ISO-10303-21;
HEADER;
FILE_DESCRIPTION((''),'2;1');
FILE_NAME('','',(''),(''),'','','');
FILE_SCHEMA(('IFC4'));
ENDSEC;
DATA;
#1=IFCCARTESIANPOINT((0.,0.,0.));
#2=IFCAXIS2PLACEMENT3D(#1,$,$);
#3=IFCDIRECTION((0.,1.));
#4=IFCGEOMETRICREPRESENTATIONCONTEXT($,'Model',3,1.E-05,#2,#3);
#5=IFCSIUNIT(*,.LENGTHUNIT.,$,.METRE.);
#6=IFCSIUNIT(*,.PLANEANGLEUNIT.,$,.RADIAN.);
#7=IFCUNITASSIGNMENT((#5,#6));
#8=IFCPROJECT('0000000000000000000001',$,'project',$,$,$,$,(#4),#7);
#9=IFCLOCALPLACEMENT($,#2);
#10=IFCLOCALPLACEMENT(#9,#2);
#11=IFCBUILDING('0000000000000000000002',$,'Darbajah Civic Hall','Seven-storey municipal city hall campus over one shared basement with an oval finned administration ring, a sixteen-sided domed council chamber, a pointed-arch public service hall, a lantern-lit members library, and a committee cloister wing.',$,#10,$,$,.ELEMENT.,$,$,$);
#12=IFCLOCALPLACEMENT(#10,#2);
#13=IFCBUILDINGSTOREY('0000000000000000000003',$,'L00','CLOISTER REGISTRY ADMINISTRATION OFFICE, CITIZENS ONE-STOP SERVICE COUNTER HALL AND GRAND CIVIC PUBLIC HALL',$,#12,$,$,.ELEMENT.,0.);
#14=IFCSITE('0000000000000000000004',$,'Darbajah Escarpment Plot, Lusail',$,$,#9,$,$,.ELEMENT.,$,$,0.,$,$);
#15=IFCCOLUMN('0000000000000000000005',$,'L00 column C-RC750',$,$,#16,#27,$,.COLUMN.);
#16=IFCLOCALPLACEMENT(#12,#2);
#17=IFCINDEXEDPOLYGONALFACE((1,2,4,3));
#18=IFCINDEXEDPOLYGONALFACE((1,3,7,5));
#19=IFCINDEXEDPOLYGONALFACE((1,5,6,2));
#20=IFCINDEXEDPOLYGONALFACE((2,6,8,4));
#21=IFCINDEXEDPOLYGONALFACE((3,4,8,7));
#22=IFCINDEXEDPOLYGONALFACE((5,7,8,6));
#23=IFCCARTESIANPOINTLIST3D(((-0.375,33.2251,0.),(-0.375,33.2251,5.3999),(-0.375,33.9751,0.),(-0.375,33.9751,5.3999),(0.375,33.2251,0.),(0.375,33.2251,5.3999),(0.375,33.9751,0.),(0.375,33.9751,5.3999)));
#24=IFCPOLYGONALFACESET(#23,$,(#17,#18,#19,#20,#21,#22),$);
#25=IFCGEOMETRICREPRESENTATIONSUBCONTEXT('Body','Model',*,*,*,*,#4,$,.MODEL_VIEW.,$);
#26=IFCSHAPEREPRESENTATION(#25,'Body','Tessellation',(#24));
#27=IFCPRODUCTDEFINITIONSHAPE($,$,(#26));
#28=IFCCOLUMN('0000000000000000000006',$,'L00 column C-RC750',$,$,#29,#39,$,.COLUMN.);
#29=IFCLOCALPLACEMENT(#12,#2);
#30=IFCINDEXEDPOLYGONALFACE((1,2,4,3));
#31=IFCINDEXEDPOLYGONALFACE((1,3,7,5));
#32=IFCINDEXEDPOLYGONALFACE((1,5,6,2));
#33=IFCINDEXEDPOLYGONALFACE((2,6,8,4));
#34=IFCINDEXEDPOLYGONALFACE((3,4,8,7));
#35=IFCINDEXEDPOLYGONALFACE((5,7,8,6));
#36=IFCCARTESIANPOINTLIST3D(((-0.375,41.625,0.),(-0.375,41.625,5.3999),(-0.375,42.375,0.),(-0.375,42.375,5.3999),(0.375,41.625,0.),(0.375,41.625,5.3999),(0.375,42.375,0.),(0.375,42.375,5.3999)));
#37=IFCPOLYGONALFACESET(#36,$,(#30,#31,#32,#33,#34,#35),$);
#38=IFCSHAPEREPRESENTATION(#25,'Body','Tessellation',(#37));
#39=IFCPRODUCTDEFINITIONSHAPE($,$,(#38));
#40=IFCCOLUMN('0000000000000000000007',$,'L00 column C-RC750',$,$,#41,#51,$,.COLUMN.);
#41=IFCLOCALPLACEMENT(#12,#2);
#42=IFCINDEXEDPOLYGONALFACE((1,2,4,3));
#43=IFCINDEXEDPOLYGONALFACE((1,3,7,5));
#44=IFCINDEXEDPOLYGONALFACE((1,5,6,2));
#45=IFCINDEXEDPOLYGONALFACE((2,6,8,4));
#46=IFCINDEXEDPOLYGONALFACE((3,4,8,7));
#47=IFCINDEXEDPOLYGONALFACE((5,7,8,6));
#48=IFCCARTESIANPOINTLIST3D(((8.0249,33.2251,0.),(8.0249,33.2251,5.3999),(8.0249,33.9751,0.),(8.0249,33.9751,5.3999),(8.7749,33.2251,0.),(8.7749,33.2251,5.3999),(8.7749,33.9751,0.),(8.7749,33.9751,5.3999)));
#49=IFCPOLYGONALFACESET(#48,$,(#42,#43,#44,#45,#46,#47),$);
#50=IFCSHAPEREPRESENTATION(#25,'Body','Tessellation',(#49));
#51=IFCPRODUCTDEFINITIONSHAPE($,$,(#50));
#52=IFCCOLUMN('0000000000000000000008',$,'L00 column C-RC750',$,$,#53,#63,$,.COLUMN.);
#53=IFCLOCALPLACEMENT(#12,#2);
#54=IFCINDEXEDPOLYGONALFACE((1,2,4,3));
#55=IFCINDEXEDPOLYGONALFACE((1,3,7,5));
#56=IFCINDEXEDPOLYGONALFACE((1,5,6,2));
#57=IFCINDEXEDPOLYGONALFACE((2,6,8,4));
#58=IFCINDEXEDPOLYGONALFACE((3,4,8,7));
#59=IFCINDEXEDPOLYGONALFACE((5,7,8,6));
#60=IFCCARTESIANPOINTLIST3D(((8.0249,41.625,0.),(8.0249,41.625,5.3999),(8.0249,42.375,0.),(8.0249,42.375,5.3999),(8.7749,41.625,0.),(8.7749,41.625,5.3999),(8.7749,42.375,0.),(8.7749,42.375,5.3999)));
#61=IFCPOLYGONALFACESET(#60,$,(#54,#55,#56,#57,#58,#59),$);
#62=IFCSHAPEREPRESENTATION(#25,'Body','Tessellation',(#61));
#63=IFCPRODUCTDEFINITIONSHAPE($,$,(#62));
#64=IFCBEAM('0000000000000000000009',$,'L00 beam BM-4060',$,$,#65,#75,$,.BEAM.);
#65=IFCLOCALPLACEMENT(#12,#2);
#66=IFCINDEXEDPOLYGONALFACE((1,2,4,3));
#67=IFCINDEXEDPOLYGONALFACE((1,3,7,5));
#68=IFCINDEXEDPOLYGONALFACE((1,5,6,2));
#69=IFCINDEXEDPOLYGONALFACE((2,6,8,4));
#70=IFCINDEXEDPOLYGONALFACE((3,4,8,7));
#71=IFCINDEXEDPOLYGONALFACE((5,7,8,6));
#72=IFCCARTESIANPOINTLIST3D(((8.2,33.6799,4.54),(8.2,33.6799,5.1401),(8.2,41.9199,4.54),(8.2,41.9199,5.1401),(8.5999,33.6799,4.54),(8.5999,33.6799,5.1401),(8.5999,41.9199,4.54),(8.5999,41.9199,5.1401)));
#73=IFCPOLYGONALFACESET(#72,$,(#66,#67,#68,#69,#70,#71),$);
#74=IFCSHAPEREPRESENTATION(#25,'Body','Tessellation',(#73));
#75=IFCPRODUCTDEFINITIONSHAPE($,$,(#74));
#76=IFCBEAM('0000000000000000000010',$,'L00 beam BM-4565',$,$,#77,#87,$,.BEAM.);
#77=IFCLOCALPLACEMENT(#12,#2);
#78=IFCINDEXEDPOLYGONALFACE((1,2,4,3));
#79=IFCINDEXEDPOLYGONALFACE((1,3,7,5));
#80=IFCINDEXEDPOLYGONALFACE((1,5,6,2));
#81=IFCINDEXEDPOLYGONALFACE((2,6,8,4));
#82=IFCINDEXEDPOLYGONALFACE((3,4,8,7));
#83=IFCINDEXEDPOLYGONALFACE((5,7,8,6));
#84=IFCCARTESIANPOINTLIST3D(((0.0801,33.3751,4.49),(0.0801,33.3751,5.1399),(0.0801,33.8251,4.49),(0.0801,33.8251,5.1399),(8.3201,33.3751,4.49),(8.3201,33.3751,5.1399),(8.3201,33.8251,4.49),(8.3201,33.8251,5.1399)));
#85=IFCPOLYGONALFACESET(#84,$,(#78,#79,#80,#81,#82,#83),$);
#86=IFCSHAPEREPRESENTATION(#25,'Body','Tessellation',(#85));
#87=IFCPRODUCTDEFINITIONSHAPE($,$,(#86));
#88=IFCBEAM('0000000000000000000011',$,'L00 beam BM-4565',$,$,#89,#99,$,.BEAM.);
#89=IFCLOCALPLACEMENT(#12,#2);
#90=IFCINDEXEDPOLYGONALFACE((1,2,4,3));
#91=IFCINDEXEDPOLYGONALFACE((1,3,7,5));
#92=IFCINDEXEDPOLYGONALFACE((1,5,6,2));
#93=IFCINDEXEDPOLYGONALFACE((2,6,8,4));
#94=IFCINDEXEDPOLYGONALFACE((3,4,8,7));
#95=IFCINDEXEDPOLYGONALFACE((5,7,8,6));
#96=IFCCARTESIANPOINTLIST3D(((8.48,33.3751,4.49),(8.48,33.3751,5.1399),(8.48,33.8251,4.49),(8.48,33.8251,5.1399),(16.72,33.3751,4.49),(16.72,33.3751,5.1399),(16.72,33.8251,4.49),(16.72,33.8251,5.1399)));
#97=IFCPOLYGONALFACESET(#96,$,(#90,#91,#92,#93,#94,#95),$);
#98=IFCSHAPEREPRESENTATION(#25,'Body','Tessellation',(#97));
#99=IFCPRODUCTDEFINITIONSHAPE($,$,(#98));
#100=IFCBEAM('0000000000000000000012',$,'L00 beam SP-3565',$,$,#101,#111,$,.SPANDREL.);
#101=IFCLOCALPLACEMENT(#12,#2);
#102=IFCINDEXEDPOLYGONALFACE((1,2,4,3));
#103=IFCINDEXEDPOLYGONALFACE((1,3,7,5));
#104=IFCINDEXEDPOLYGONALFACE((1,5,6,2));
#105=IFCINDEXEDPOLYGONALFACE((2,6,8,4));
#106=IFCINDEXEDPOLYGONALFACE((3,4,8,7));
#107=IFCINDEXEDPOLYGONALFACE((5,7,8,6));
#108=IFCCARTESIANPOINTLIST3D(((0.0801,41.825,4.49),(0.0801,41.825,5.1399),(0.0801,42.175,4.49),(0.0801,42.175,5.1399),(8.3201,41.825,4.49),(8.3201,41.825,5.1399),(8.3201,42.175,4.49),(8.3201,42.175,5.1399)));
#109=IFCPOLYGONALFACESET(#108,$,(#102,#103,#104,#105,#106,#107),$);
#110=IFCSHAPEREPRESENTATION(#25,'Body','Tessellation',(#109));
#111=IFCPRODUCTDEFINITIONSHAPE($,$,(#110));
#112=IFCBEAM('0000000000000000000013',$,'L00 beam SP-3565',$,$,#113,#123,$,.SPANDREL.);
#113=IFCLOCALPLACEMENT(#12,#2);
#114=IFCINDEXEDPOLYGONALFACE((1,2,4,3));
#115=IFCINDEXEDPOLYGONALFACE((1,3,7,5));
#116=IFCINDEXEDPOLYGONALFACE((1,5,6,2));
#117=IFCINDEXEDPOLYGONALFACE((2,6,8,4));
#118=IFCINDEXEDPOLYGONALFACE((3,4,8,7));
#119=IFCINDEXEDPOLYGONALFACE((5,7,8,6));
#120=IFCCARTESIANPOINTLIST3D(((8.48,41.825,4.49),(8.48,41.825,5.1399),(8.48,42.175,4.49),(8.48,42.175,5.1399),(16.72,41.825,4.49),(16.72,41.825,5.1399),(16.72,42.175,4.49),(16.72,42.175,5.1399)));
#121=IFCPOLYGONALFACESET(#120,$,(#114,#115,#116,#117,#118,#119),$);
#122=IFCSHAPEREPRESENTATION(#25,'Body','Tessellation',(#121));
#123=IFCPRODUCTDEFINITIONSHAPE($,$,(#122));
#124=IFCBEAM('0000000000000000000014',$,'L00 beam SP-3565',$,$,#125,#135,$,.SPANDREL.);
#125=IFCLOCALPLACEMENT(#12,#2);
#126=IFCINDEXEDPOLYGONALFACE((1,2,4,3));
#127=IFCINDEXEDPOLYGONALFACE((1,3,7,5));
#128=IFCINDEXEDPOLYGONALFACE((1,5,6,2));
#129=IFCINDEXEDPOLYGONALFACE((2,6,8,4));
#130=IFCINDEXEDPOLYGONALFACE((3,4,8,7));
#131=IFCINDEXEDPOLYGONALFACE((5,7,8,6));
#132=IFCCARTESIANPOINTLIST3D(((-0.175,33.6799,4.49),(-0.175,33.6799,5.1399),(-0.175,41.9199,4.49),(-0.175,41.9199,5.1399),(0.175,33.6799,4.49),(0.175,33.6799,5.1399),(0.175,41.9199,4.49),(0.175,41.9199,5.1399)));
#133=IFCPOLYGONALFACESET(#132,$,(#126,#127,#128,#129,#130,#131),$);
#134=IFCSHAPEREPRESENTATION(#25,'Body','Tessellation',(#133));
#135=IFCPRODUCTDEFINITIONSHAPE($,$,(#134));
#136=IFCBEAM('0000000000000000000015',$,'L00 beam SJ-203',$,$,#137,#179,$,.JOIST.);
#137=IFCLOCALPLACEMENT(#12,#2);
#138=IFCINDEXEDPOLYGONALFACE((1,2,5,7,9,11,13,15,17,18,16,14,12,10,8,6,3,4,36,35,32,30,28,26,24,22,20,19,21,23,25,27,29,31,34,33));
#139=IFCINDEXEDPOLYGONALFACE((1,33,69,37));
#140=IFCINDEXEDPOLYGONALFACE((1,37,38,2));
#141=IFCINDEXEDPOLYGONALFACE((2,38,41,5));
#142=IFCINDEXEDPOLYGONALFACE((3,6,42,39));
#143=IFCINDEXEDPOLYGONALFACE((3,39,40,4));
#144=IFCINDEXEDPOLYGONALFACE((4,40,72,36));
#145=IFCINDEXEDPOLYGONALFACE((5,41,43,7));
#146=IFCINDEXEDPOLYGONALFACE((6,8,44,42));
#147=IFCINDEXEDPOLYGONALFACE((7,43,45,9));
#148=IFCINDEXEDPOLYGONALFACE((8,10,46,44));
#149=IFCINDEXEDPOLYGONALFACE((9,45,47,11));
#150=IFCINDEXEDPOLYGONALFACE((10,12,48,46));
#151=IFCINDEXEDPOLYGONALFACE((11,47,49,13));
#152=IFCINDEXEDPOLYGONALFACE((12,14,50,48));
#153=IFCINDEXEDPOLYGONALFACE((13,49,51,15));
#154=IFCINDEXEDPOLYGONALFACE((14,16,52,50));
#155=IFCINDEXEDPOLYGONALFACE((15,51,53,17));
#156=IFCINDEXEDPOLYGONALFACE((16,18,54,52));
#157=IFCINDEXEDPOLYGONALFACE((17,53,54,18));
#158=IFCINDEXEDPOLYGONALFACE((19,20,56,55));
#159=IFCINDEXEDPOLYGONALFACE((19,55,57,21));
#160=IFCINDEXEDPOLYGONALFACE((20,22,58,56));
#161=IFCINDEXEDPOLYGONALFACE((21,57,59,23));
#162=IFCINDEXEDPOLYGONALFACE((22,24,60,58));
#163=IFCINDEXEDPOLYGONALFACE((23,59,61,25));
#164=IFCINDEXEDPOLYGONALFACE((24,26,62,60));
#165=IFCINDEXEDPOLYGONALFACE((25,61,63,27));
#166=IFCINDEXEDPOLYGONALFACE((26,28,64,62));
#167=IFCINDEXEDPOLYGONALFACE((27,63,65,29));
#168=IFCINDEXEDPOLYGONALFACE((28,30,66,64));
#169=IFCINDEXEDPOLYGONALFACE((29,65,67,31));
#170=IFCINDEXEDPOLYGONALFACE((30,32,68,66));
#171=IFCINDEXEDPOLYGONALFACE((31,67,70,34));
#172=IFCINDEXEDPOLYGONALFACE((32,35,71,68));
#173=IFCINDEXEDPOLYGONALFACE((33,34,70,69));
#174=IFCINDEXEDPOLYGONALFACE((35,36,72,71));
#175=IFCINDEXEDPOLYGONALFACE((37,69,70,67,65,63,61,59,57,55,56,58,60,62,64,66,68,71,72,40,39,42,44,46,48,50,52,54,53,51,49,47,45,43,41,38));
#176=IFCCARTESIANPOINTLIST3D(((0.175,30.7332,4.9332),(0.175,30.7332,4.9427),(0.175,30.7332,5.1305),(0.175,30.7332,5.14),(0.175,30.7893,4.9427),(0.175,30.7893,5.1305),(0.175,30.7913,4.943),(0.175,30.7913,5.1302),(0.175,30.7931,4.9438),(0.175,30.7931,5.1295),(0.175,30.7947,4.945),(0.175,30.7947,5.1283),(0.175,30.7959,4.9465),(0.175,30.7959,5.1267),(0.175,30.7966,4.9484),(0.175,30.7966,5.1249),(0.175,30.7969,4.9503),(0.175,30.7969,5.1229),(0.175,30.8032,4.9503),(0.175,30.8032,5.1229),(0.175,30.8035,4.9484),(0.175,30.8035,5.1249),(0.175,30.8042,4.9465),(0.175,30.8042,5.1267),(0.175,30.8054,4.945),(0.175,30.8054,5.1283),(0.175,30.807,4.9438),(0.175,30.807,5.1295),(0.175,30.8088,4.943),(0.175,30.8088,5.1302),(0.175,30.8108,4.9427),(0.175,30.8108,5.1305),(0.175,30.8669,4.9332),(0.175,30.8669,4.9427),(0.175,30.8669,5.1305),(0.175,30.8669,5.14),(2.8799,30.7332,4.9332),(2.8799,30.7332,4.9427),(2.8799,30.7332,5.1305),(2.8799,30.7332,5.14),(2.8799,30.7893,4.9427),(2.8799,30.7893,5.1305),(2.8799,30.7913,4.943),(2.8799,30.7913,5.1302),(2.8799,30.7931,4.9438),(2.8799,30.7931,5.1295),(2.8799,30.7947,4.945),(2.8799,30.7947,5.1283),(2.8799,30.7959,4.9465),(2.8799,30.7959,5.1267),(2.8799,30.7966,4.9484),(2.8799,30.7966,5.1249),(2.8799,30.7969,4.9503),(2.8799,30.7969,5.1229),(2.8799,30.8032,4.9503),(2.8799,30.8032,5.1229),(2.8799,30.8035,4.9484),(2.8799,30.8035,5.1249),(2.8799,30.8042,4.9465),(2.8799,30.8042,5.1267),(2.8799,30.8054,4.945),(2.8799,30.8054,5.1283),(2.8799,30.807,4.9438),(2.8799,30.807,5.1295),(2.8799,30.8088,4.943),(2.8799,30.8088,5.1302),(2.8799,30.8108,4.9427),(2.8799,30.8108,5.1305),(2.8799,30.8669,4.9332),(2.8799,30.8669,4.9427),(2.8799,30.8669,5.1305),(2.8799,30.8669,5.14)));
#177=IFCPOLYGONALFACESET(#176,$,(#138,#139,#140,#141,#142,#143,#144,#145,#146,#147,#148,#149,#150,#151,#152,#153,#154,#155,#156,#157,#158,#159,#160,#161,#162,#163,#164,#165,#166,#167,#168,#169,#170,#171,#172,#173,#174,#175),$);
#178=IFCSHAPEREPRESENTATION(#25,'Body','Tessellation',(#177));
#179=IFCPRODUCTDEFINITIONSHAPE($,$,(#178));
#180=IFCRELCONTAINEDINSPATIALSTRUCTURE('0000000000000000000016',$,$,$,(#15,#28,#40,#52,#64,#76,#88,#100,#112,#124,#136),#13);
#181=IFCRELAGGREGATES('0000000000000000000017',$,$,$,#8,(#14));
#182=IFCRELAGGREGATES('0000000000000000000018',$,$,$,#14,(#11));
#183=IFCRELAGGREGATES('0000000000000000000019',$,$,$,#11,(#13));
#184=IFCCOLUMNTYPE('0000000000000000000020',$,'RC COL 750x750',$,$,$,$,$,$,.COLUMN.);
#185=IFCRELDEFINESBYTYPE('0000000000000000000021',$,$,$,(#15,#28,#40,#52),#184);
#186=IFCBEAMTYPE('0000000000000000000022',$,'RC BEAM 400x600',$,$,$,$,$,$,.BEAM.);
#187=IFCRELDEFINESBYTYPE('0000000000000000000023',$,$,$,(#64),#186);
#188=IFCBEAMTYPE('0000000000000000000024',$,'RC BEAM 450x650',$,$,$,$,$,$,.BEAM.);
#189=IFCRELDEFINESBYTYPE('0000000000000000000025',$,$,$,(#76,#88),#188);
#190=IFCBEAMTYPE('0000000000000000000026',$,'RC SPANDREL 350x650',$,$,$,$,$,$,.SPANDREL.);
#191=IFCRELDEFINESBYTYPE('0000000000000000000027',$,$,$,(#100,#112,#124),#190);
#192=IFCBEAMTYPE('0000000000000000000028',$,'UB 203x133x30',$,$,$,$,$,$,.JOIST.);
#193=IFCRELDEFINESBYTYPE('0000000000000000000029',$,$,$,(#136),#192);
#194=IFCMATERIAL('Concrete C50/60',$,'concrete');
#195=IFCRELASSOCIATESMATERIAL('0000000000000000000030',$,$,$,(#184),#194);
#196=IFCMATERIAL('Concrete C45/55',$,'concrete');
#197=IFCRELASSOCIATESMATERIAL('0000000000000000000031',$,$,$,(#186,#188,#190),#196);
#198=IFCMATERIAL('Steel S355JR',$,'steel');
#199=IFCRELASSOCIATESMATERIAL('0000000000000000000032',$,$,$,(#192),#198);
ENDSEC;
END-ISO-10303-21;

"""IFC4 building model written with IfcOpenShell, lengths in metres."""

from ifc_helpers import new_model, si_unit, direction, frame, origin, origin_2d, place, context, subcontext, project, spatial, rectangle, i_section, extrude, material, material_profile, profile_set, type_object, element, save


model = new_model("IFC4")

# Units and contexts
model_context = context("Model", 3, precision=1e-05, world=origin(), true_north=direction((0.0, 1.0)))
body_context = subcontext(model_context, "Body", "Model", "MODEL_VIEW")
ifc_project = project(units=[si_unit("LENGTHUNIT", "METRE"), si_unit("PLANEANGLEUNIT", "RADIAN")], contexts=[model_context])

# Site, building, storey
site_placement = place(None, origin())
site = spatial("IfcSite", under=ifc_project, at=site_placement, Name="Darbajah Escarpment Plot, Lusail", CompositionType="ELEMENT", RefElevation=0.0)
building_placement = place(site_placement, origin())
building = spatial("IfcBuilding", under=site, at=building_placement, Name="Darbajah Civic Hall", Description="Seven-storey municipal city hall campus over one shared basement with an oval finned administration ring, a sixteen-sided domed council chamber, a pointed-arch public service hall, a lantern-lit members library, and a committee cloister wing.", CompositionType="ELEMENT")
storey_placement = place(building_placement, origin())
storey = spatial("IfcBuildingStorey", under=building, at=storey_placement, Name="L00", Description="CLOISTER REGISTRY ADMINISTRATION OFFICE, CITIZENS ONE-STOP SERVICE COUNTER HALL AND GRAND CIVIC PUBLIC HALL", CompositionType="ELEMENT", Elevation=0.0)

# Columns
ifc_material_1 = material(Name="Concrete C50/60", Category="concrete")
ifc_material_profile_1 = material_profile(ifc_material_1, rectangle(XDim=0.75, YDim=0.75, at=origin_2d()), Name="RC COL 750x750")
ifc_profile_set_1 = profile_set([ifc_material_profile_1], Name="Concrete C50/60")
column_type = type_object("IfcColumnType", Name="RC COL 750x750", PredefinedType="COLUMN", material=ifc_profile_set_1)
for number, where, z_axis, x_axis, name in (
    (1, (0.0, 33.6001, 0.0), (0.0, 0.0, 1.0), (1.0, 0.0, 0.0), "L00 column C-RC750"),
    (2, (0.0, 42.0, 0.0), (0.0, 0.0, 1.0), (1.0, 0.0, 0.0), "L00 column C-RC750"),
    (3, (8.3999, 33.6001, 0.0), (0.0, 0.0, 1.0), (1.0, 0.0, 0.0), "L00 column C-RC750"),
    (4, (8.3999, 42.0, 0.0), (0.0, 0.0, 1.0), (1.0, 0.0, 0.0), "L00 column C-RC750"),
):
    element("IfcColumn", number, at=place(storey_placement, frame(where, z_axis=z_axis, x_axis=x_axis)), inside=storey, type_object=column_type, Name=name, PredefinedType="COLUMN", context=body_context, shape_type="SweptSolid", body=[
        extrude(rectangle(XDim=0.75, YDim=0.75, at=origin_2d()), origin(), (0.0, 0.0, 1.0), 5.3999),
    ])

# Beams
ifc_material_2 = material(Name="Concrete C45/55", Category="concrete")
ifc_material_profile_2 = material_profile(ifc_material_2, rectangle(XDim=0.3999, YDim=0.6001, at=origin_2d()), Name="RC BEAM 400x600")
ifc_profile_set_2 = profile_set([ifc_material_profile_2], Name="Concrete C45/55")
beam_type_1 = type_object("IfcBeamType", Name="RC BEAM 400x600", PredefinedType="BEAM", material=ifc_profile_set_2)
beam_1_placement = place(storey_placement, frame((8.3999, 33.6799, 4.8401), z_axis=(0.0, 1.0, 0.0), x_axis=(-1.0, 0.0, 0.0)))
element("IfcBeam", 5, at=beam_1_placement, inside=storey, type_object=beam_type_1, Name="L00 beam BM-4060", PredefinedType="BEAM", context=body_context, shape_type="SweptSolid", body=[
    extrude(rectangle(XDim=0.3999, YDim=0.6001, at=origin_2d()), origin(), (0.0, 0.0, 1.0), 8.24),
])
ifc_material_profile_3 = material_profile(ifc_material_2, rectangle(XDim=0.45, YDim=0.6499, at=origin_2d()), Name="RC BEAM 450x650")
ifc_profile_set_3 = profile_set([ifc_material_profile_3], Name="Concrete C45/55")
beam_type_2 = type_object("IfcBeamType", Name="RC BEAM 450x650", PredefinedType="BEAM", material=ifc_profile_set_3)
for number, where, z_axis, x_axis, name in (
    (6, (0.0801, 33.6001, 4.8149), (1.0, 0.0, 0.0), (0.0, 1.0, 0.0), "L00 beam BM-4565"),
    (7, (8.48, 33.6001, 4.8149), (1.0, 0.0, 0.0), (0.0, 1.0, 0.0), "L00 beam BM-4565"),
):
    element("IfcBeam", number, at=place(storey_placement, frame(where, z_axis=z_axis, x_axis=x_axis)), inside=storey, type_object=beam_type_2, Name=name, PredefinedType="BEAM", context=body_context, shape_type="SweptSolid", body=[
        extrude(rectangle(XDim=0.45, YDim=0.6499, at=origin_2d()), origin(), (0.0, 0.0, 1.0), 8.24),
    ])
ifc_material_profile_4 = material_profile(ifc_material_2, rectangle(XDim=0.3501, YDim=0.6499, at=origin_2d()), Name="RC SPANDREL 350x650")
ifc_profile_set_4 = profile_set([ifc_material_profile_4], Name="Concrete C45/55")
beam_type_3 = type_object("IfcBeamType", Name="RC SPANDREL 350x650", PredefinedType="SPANDREL", material=ifc_profile_set_4)
for number, where, z_axis, x_axis, name in (
    (8, (0.0801, 42.0, 4.8149), (1.0, 0.0, 0.0), (0.0, 1.0, 0.0), "L00 beam SP-3565"),
    (9, (8.48, 42.0, 4.8149), (1.0, 0.0, 0.0), (0.0, 1.0, 0.0), "L00 beam SP-3565"),
    (10, (0.0, 33.6799, 4.8149), (0.0, 1.0, 0.0), (-1.0, 0.0, 0.0), "L00 beam SP-3565"),
):
    element("IfcBeam", number, at=place(storey_placement, frame(where, z_axis=z_axis, x_axis=x_axis)), inside=storey, type_object=beam_type_3, Name=name, PredefinedType="SPANDREL", context=body_context, shape_type="SweptSolid", body=[
        extrude(rectangle(XDim=0.3501, YDim=0.6499, at=origin_2d()), origin(), (0.0, 0.0, 1.0), 8.24),
    ])
ifc_material_3 = material(Name="Steel S355JR", Category="steel")
ifc_material_profile_5 = material_profile(ifc_material_3, i_section(OverallWidth=0.1338, OverallDepth=0.2068, WebThickness=0.0063, FlangeThickness=0.0095, FilletRadius=0.0076, at=origin_2d()), Name="UB 203x133x30")
ifc_profile_set_5 = profile_set([ifc_material_profile_5], Name="Steel S355JR")
beam_type_4 = type_object("IfcBeamType", Name="UB 203x133x30", PredefinedType="JOIST", material=ifc_profile_set_5)
beam_2_placement = place(storey_placement, frame((0.175, 30.8, 5.0366), z_axis=(1.0, 0.0, 0.0), x_axis=(0.0, 1.0, 0.0)))
element("IfcBeam", 11, at=beam_2_placement, inside=storey, type_object=beam_type_4, Name="L00 beam SJ-203", PredefinedType="JOIST", context=body_context, shape_type="SweptSolid", body=[
    extrude(i_section(OverallWidth=0.1338, OverallDepth=0.2068, WebThickness=0.0063, FlangeThickness=0.0095, FilletRadius=0.0076, at=origin_2d()), origin(), (0.0, 0.0, 1.0), 2.7048),
])

save(model, "model.ifc")
